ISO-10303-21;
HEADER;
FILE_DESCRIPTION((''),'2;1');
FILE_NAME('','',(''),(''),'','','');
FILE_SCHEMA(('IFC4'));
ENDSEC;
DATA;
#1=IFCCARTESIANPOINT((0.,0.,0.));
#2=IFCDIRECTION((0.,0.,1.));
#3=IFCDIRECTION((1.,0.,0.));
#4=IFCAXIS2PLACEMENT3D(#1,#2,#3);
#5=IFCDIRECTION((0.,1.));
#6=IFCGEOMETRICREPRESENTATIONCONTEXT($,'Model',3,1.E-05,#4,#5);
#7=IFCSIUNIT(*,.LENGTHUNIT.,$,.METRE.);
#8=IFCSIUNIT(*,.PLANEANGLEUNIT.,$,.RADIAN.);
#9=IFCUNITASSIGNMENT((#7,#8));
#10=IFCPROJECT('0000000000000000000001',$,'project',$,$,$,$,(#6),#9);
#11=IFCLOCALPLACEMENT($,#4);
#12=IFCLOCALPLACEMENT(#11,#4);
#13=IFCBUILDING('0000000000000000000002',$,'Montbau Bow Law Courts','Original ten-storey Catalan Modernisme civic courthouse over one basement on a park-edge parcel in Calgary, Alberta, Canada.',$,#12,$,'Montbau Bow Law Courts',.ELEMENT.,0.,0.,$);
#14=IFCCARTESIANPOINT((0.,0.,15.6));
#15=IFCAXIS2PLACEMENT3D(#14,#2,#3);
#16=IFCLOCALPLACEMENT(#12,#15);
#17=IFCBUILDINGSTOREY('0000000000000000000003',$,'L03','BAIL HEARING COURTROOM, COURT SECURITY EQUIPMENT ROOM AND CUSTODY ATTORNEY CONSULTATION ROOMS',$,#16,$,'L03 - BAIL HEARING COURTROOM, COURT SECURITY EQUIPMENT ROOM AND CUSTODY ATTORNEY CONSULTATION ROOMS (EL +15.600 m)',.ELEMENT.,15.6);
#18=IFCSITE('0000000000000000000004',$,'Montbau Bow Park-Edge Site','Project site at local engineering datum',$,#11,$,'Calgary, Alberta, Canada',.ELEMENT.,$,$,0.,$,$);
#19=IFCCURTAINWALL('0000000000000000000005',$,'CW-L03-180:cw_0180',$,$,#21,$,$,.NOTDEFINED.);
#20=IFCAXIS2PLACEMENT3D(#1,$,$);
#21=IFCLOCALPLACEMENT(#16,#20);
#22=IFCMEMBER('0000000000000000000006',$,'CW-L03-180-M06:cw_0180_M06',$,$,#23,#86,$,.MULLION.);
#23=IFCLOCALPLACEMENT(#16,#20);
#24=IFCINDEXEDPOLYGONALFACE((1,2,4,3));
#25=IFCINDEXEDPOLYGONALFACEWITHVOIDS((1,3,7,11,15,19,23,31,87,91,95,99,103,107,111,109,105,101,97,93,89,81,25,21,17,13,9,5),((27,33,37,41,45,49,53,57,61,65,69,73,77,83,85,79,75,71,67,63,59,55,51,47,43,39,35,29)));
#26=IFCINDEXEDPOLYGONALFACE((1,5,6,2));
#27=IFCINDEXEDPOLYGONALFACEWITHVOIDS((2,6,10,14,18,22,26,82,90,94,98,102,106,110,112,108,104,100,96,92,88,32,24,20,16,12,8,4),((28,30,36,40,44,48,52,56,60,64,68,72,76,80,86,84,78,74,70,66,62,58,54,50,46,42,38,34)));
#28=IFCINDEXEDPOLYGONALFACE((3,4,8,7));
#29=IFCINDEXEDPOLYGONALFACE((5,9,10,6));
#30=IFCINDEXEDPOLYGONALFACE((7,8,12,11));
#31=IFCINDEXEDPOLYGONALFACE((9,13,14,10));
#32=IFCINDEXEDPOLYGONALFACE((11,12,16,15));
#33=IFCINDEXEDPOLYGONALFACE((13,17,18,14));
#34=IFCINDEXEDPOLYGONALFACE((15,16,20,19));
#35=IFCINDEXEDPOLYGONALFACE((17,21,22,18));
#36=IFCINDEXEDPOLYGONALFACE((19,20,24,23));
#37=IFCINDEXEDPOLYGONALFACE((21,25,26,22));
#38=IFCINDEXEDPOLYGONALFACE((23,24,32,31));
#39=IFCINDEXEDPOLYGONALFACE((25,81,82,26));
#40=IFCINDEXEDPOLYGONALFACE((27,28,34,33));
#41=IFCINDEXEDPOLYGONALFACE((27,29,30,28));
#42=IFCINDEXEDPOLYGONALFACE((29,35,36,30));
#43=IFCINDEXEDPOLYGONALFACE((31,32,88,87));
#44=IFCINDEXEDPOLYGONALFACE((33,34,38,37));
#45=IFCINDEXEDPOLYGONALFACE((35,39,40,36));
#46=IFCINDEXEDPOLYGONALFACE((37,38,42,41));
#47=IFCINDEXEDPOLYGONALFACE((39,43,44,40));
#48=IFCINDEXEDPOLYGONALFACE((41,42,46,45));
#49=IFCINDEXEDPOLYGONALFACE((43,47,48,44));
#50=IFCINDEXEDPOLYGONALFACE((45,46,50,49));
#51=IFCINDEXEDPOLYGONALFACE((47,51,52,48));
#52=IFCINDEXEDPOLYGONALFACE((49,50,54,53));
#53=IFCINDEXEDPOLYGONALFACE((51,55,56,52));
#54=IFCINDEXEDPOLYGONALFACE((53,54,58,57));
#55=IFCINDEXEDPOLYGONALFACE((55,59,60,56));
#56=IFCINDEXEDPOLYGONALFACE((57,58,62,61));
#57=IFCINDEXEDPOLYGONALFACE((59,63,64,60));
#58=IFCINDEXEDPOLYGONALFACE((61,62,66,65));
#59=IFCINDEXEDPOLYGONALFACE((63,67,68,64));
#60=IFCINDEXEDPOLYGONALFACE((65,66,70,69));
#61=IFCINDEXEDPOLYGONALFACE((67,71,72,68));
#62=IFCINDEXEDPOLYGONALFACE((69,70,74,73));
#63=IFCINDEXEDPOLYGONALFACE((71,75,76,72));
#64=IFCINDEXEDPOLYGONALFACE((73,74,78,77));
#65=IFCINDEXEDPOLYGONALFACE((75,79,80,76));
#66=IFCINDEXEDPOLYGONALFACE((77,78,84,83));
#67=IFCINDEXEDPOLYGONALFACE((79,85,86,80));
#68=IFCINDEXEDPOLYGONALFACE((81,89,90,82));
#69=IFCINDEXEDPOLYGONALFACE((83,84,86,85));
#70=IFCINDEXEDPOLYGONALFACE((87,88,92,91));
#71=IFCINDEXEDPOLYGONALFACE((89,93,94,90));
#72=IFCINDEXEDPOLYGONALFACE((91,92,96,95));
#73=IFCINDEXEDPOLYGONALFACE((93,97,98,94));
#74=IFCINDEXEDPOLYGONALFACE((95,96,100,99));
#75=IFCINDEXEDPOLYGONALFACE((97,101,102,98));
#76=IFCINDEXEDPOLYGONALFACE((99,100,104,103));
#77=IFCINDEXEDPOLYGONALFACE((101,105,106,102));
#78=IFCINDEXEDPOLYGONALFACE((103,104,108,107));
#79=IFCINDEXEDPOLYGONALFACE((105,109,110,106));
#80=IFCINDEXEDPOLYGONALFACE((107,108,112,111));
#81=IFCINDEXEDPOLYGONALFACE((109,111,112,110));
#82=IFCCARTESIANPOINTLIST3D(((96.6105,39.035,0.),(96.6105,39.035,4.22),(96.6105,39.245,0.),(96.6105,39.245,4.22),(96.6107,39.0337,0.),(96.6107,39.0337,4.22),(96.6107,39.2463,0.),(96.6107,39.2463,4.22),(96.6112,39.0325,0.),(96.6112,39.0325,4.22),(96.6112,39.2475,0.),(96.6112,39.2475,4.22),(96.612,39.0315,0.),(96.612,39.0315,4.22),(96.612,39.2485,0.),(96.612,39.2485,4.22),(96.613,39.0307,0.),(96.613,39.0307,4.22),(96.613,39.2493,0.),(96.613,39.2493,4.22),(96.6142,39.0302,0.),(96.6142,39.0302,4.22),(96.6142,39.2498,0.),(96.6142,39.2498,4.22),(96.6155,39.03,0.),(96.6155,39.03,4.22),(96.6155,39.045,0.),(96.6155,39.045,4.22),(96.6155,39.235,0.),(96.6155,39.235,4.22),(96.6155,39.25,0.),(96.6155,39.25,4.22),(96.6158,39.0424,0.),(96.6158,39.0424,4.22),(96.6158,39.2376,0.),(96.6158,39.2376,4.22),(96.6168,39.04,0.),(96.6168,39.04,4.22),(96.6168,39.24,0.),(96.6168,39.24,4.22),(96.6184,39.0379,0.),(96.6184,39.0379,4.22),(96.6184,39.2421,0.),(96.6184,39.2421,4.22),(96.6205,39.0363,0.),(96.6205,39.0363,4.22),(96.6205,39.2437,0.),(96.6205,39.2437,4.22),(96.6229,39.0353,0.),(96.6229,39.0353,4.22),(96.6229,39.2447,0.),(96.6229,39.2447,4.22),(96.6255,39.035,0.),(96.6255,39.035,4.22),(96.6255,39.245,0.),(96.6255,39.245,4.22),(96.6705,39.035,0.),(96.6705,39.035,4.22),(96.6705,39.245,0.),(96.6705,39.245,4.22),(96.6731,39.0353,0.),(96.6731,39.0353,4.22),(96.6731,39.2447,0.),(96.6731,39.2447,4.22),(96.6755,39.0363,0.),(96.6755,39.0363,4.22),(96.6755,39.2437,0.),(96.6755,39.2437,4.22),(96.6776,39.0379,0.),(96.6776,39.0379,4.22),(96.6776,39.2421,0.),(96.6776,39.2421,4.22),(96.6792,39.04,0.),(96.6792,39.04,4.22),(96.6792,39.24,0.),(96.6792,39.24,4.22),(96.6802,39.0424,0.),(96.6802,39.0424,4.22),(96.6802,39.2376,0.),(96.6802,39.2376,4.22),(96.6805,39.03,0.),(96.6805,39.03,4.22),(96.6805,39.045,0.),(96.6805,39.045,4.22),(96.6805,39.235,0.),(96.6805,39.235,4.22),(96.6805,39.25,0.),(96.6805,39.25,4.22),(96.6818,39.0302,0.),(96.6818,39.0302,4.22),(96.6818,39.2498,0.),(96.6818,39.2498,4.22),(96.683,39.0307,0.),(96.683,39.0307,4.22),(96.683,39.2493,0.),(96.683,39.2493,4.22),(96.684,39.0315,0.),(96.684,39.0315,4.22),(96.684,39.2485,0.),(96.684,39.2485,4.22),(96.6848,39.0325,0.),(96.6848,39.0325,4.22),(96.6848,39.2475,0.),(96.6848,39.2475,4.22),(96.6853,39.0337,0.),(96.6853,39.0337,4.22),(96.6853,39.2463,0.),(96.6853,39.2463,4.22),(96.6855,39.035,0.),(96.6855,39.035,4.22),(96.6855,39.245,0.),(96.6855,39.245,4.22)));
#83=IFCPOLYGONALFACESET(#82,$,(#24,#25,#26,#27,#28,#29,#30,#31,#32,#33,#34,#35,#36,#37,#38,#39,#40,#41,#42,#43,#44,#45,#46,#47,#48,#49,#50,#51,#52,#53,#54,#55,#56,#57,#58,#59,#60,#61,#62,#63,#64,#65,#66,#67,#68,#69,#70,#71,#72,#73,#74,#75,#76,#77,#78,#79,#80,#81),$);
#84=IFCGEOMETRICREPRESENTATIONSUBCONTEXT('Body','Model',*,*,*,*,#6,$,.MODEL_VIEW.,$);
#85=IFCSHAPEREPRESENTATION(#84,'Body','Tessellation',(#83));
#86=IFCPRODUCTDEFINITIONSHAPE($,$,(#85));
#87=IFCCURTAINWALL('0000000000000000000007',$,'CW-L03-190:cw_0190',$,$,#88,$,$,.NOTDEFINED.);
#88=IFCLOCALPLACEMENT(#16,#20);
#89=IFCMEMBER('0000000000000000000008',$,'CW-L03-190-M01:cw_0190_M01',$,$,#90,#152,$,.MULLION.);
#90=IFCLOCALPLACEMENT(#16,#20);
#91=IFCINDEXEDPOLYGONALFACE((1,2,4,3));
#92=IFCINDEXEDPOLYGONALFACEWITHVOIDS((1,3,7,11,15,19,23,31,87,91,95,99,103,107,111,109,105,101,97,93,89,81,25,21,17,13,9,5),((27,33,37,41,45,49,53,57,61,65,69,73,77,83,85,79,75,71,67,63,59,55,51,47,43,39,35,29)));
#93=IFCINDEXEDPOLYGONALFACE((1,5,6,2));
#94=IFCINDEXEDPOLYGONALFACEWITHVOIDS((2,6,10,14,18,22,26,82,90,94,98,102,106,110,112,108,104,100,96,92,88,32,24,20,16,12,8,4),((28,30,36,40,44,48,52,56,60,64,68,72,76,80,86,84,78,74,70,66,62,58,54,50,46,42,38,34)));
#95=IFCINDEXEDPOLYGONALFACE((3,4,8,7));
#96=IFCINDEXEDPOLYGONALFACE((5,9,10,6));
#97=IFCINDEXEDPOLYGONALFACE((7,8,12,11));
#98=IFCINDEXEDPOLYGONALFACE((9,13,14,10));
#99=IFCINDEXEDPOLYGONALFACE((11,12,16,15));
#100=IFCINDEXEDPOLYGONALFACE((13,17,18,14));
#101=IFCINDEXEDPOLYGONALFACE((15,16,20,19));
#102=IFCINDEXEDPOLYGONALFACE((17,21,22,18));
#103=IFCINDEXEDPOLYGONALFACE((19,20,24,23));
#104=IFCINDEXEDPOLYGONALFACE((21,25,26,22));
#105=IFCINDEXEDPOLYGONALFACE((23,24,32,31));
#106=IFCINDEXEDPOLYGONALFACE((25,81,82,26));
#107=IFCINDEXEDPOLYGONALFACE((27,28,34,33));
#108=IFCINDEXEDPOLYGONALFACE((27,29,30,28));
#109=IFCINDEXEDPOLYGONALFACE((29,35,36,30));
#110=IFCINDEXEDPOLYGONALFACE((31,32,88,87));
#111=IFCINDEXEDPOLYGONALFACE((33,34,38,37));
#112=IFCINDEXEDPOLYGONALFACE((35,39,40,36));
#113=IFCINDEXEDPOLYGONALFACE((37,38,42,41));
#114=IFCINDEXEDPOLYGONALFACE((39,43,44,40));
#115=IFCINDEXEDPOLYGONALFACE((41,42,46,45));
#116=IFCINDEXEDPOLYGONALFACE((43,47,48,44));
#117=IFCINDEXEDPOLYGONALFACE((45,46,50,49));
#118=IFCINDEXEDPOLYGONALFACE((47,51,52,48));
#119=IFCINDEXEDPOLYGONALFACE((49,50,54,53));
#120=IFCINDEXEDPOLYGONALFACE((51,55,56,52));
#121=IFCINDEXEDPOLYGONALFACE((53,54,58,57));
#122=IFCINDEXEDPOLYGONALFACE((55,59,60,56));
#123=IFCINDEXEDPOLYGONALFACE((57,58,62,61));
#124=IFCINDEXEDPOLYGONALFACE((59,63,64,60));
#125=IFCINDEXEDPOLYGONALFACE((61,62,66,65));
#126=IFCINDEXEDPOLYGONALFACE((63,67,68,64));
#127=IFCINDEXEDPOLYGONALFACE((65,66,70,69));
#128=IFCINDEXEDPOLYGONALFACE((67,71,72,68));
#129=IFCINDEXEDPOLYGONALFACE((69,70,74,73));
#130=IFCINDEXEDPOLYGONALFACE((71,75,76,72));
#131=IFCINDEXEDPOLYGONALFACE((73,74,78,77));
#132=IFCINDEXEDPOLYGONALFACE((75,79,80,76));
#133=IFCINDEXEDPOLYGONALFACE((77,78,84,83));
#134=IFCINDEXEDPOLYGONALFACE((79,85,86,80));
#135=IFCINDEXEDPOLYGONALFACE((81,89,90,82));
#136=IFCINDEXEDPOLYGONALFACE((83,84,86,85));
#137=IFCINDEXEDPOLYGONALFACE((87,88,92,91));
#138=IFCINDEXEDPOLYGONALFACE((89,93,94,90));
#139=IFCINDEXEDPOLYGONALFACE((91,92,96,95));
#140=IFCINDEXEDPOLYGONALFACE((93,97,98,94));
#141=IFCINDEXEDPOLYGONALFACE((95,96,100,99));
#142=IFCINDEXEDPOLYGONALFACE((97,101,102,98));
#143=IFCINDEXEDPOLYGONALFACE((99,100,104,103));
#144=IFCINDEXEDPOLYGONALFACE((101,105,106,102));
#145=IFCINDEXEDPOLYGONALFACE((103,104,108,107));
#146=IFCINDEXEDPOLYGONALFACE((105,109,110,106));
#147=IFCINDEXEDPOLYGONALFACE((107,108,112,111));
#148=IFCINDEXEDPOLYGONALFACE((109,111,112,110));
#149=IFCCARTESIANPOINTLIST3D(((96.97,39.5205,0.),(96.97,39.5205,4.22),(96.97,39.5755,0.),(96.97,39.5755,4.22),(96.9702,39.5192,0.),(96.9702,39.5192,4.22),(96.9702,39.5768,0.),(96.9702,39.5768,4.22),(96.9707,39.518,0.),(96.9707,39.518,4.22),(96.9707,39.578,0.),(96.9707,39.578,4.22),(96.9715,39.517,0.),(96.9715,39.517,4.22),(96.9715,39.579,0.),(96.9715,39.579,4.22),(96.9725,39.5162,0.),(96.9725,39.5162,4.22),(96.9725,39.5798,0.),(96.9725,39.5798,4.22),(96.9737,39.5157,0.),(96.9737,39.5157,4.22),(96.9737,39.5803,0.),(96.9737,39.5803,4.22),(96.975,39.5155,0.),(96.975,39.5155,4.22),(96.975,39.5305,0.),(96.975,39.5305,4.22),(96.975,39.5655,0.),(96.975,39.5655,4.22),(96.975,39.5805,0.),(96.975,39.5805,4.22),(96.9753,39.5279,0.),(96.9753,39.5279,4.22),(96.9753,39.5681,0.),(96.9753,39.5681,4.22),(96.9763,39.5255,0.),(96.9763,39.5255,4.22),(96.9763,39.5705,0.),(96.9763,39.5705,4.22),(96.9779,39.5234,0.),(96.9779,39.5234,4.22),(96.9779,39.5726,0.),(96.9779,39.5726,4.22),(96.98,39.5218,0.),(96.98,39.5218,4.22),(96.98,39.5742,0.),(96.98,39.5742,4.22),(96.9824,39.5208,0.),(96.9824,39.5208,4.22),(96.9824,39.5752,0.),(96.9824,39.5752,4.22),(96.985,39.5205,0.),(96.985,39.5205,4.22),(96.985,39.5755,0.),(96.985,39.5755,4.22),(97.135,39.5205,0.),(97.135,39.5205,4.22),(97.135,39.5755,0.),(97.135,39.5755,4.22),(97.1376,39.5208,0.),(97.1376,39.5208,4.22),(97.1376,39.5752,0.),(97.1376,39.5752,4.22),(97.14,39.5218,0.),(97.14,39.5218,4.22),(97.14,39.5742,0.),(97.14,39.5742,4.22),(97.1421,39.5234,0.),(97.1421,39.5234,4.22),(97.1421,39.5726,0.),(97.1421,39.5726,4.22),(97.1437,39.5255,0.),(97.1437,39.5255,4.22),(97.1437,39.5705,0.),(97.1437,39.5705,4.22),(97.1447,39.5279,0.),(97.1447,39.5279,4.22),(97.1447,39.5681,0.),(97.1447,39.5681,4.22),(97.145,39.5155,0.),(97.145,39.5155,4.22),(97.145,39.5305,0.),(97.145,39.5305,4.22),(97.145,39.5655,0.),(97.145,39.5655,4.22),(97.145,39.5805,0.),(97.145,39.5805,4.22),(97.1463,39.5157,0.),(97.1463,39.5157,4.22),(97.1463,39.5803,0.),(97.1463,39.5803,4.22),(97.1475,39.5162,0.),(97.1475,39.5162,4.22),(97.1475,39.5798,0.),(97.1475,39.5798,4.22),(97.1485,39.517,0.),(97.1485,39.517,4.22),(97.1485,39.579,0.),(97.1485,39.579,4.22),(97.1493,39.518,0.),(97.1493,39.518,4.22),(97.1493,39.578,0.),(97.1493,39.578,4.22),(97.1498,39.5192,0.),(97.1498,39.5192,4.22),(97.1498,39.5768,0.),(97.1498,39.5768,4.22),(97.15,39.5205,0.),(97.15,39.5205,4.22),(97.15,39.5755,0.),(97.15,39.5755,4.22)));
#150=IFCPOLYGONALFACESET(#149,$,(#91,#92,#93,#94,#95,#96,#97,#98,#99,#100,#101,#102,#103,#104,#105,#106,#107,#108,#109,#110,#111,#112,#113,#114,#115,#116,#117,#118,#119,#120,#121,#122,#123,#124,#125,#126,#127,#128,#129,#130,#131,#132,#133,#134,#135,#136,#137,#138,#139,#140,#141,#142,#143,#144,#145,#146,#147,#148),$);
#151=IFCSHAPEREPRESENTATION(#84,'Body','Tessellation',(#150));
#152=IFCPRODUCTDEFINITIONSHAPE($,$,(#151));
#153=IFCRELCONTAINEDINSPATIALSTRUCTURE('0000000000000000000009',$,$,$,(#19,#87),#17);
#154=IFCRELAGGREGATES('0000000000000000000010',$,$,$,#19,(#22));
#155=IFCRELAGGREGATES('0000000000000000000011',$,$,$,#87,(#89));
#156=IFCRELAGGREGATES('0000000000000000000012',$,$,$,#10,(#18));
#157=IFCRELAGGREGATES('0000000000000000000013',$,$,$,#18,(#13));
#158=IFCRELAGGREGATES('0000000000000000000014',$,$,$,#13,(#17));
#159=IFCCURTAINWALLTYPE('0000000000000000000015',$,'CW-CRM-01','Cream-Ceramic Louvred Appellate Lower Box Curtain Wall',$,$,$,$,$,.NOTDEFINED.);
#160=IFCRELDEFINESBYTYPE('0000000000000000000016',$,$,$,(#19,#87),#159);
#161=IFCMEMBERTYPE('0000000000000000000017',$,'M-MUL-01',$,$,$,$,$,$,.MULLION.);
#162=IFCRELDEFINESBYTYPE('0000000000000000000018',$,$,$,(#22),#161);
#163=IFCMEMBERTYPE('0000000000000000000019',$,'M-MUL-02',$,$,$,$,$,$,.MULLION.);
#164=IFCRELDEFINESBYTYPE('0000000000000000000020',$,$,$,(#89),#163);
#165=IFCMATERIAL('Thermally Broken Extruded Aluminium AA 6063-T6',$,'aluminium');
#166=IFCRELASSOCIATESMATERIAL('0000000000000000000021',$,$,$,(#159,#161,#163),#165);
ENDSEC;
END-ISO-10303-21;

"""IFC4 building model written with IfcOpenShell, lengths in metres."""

from ifc_helpers import new_model, si_unit, direction, frame, origin_with_axes, origin_2d_with_axis, place, context, subcontext, project, spatial, hollow_rectangle, extrude, material, material_profile, profile_set, type_object, element, aggregate, save


model = new_model("IFC4")

# Units and contexts
model_context = context("Model", 3, precision=1e-05, world=origin_with_axes(), true_north=direction((0.0, 1.0)))
body_context = subcontext(model_context, "Body", "Model", "MODEL_VIEW")
ifc_project = project(units=[si_unit("LENGTHUNIT", "METRE"), si_unit("PLANEANGLEUNIT", "RADIAN")], contexts=[model_context])

# Site, building, storey
site_placement = place(None, origin_with_axes())
site = spatial("IfcSite", under=ifc_project, at=site_placement, Name="Montbau Bow Park-Edge Site", Description="Project site at local engineering datum", LongName="Calgary, Alberta, Canada", CompositionType="ELEMENT", RefElevation=0.0)
building_placement = place(site_placement, origin_with_axes())
building = spatial("IfcBuilding", under=site, at=building_placement, Name="Montbau Bow Law Courts", Description="Original ten-storey Catalan Modernisme civic courthouse over one basement on a park-edge parcel in Calgary, Alberta, Canada.", LongName="Montbau Bow Law Courts", CompositionType="ELEMENT", ElevationOfRefHeight=0.0, ElevationOfTerrain=0.0)
storey_placement = place(building_placement, frame((0.0, 0.0, 15.6), z_axis=(0.0, 0.0, 1.0), x_axis=(1.0, 0.0, 0.0)))
storey = spatial("IfcBuildingStorey", under=building, at=storey_placement, Name="L03", Description="BAIL HEARING COURTROOM, COURT SECURITY EQUIPMENT ROOM AND CUSTODY ATTORNEY CONSULTATION ROOMS", LongName="L03 - BAIL HEARING COURTROOM, COURT SECURITY EQUIPMENT ROOM AND CUSTODY ATTORNEY CONSULTATION ROOMS (EL +15.600 m)", CompositionType="ELEMENT", Elevation=15.6)

# Curtain wall, member
ifc_material_1 = material(Name="Thermally Broken Extruded Aluminium AA 6063-T6", Category="aluminium")
curtain_wall_type = type_object("IfcCurtainWallType", Name="CW-CRM-01", Description="Cream-Ceramic Louvred Appellate Lower Box Curtain Wall", PredefinedType="NOTDEFINED", material=ifc_material_1)
curtain_wall_1_placement = place(None, frame((89.315, 39.14, 15.6), z_axis=(0.0, 0.0, 1.0), x_axis=(1.0, 0.0, 0.0)))
curtain_wall_1 = element("IfcCurtainWall", 1, at=curtain_wall_1_placement, inside=storey, type_object=curtain_wall_type, Name="CW-L03-180:cw_0180", PredefinedType="NOTDEFINED")
ifc_material_profile_1 = material_profile(ifc_material_1, hollow_rectangle(XDim=0.075, YDim=0.22, WallThickness=0.005, InnerFilletRadius=0.01, OuterFilletRadius=0.005, at=origin_2d_with_axis()), Name="CWM-220X75", Category="Main", Priority=0)
ifc_profile_set_1 = profile_set([ifc_material_profile_1], Name="Thermally Broken Extruded Aluminium AA 6063-T6")
member_type_1 = type_object("IfcMemberType", Name="M-MUL-01", PredefinedType="MULLION", material=ifc_profile_set_1)
member_1_placement = place(None, frame((96.648, 39.14, 15.6), z_axis=(0.0, 0.0, 1.0), x_axis=(1.0, 0.0, 0.0)))
member_1 = element("IfcMember", 2, at=member_1_placement, type_object=member_type_1, Name="CW-L03-180-M06:cw_0180_M06", PredefinedType="MULLION", context=body_context, shape_type="SweptSolid", body=[
    extrude(hollow_rectangle(XDim=0.075, YDim=0.22, WallThickness=0.005, InnerFilletRadius=0.01, OuterFilletRadius=0.005, at=origin_2d_with_axis()), origin_with_axes(), (0.0, 0.0, 1.0), 4.22),
])

# Curtain wall, member
curtain_wall_2_placement = place(None, frame((97.06, 39.515, 15.6), z_axis=(0.0, 0.0, 1.0), x_axis=(1.0, 0.0, 0.0)))
curtain_wall_2 = element("IfcCurtainWall", 3, at=curtain_wall_2_placement, inside=storey, type_object=curtain_wall_type, Name="CW-L03-190:cw_0190", PredefinedType="NOTDEFINED")
ifc_material_profile_2 = material_profile(ifc_material_1, hollow_rectangle(XDim=0.065, YDim=0.18, WallThickness=0.005, InnerFilletRadius=0.01, OuterFilletRadius=0.005, at=origin_2d_with_axis()), Name="CWM-180X65", Category="Main", Priority=0)
ifc_profile_set_2 = profile_set([ifc_material_profile_2], Name="Thermally Broken Extruded Aluminium AA 6063-T6")
member_type_2 = type_object("IfcMemberType", Name="M-MUL-02", PredefinedType="MULLION", material=ifc_profile_set_2)
member_2_placement = place(None, frame((97.06, 39.548, 15.6), z_axis=(0.0, 0.0, 1.0), x_axis=(0.0, 1.0, 0.0)))
member_2 = element("IfcMember", 4, at=member_2_placement, type_object=member_type_2, Name="CW-L03-190-M01:cw_0190_M01", PredefinedType="MULLION", context=body_context, shape_type="SweptSolid", body=[
    extrude(hollow_rectangle(XDim=0.065, YDim=0.18, WallThickness=0.005, InnerFilletRadius=0.01, OuterFilletRadius=0.005, at=origin_2d_with_axis()), origin_with_axes(), (0.0, 0.0, 1.0), 4.22),
])

aggregate(curtain_wall_1, [member_1])

aggregate(curtain_wall_2, [member_2])

save(model, "model.ifc")
